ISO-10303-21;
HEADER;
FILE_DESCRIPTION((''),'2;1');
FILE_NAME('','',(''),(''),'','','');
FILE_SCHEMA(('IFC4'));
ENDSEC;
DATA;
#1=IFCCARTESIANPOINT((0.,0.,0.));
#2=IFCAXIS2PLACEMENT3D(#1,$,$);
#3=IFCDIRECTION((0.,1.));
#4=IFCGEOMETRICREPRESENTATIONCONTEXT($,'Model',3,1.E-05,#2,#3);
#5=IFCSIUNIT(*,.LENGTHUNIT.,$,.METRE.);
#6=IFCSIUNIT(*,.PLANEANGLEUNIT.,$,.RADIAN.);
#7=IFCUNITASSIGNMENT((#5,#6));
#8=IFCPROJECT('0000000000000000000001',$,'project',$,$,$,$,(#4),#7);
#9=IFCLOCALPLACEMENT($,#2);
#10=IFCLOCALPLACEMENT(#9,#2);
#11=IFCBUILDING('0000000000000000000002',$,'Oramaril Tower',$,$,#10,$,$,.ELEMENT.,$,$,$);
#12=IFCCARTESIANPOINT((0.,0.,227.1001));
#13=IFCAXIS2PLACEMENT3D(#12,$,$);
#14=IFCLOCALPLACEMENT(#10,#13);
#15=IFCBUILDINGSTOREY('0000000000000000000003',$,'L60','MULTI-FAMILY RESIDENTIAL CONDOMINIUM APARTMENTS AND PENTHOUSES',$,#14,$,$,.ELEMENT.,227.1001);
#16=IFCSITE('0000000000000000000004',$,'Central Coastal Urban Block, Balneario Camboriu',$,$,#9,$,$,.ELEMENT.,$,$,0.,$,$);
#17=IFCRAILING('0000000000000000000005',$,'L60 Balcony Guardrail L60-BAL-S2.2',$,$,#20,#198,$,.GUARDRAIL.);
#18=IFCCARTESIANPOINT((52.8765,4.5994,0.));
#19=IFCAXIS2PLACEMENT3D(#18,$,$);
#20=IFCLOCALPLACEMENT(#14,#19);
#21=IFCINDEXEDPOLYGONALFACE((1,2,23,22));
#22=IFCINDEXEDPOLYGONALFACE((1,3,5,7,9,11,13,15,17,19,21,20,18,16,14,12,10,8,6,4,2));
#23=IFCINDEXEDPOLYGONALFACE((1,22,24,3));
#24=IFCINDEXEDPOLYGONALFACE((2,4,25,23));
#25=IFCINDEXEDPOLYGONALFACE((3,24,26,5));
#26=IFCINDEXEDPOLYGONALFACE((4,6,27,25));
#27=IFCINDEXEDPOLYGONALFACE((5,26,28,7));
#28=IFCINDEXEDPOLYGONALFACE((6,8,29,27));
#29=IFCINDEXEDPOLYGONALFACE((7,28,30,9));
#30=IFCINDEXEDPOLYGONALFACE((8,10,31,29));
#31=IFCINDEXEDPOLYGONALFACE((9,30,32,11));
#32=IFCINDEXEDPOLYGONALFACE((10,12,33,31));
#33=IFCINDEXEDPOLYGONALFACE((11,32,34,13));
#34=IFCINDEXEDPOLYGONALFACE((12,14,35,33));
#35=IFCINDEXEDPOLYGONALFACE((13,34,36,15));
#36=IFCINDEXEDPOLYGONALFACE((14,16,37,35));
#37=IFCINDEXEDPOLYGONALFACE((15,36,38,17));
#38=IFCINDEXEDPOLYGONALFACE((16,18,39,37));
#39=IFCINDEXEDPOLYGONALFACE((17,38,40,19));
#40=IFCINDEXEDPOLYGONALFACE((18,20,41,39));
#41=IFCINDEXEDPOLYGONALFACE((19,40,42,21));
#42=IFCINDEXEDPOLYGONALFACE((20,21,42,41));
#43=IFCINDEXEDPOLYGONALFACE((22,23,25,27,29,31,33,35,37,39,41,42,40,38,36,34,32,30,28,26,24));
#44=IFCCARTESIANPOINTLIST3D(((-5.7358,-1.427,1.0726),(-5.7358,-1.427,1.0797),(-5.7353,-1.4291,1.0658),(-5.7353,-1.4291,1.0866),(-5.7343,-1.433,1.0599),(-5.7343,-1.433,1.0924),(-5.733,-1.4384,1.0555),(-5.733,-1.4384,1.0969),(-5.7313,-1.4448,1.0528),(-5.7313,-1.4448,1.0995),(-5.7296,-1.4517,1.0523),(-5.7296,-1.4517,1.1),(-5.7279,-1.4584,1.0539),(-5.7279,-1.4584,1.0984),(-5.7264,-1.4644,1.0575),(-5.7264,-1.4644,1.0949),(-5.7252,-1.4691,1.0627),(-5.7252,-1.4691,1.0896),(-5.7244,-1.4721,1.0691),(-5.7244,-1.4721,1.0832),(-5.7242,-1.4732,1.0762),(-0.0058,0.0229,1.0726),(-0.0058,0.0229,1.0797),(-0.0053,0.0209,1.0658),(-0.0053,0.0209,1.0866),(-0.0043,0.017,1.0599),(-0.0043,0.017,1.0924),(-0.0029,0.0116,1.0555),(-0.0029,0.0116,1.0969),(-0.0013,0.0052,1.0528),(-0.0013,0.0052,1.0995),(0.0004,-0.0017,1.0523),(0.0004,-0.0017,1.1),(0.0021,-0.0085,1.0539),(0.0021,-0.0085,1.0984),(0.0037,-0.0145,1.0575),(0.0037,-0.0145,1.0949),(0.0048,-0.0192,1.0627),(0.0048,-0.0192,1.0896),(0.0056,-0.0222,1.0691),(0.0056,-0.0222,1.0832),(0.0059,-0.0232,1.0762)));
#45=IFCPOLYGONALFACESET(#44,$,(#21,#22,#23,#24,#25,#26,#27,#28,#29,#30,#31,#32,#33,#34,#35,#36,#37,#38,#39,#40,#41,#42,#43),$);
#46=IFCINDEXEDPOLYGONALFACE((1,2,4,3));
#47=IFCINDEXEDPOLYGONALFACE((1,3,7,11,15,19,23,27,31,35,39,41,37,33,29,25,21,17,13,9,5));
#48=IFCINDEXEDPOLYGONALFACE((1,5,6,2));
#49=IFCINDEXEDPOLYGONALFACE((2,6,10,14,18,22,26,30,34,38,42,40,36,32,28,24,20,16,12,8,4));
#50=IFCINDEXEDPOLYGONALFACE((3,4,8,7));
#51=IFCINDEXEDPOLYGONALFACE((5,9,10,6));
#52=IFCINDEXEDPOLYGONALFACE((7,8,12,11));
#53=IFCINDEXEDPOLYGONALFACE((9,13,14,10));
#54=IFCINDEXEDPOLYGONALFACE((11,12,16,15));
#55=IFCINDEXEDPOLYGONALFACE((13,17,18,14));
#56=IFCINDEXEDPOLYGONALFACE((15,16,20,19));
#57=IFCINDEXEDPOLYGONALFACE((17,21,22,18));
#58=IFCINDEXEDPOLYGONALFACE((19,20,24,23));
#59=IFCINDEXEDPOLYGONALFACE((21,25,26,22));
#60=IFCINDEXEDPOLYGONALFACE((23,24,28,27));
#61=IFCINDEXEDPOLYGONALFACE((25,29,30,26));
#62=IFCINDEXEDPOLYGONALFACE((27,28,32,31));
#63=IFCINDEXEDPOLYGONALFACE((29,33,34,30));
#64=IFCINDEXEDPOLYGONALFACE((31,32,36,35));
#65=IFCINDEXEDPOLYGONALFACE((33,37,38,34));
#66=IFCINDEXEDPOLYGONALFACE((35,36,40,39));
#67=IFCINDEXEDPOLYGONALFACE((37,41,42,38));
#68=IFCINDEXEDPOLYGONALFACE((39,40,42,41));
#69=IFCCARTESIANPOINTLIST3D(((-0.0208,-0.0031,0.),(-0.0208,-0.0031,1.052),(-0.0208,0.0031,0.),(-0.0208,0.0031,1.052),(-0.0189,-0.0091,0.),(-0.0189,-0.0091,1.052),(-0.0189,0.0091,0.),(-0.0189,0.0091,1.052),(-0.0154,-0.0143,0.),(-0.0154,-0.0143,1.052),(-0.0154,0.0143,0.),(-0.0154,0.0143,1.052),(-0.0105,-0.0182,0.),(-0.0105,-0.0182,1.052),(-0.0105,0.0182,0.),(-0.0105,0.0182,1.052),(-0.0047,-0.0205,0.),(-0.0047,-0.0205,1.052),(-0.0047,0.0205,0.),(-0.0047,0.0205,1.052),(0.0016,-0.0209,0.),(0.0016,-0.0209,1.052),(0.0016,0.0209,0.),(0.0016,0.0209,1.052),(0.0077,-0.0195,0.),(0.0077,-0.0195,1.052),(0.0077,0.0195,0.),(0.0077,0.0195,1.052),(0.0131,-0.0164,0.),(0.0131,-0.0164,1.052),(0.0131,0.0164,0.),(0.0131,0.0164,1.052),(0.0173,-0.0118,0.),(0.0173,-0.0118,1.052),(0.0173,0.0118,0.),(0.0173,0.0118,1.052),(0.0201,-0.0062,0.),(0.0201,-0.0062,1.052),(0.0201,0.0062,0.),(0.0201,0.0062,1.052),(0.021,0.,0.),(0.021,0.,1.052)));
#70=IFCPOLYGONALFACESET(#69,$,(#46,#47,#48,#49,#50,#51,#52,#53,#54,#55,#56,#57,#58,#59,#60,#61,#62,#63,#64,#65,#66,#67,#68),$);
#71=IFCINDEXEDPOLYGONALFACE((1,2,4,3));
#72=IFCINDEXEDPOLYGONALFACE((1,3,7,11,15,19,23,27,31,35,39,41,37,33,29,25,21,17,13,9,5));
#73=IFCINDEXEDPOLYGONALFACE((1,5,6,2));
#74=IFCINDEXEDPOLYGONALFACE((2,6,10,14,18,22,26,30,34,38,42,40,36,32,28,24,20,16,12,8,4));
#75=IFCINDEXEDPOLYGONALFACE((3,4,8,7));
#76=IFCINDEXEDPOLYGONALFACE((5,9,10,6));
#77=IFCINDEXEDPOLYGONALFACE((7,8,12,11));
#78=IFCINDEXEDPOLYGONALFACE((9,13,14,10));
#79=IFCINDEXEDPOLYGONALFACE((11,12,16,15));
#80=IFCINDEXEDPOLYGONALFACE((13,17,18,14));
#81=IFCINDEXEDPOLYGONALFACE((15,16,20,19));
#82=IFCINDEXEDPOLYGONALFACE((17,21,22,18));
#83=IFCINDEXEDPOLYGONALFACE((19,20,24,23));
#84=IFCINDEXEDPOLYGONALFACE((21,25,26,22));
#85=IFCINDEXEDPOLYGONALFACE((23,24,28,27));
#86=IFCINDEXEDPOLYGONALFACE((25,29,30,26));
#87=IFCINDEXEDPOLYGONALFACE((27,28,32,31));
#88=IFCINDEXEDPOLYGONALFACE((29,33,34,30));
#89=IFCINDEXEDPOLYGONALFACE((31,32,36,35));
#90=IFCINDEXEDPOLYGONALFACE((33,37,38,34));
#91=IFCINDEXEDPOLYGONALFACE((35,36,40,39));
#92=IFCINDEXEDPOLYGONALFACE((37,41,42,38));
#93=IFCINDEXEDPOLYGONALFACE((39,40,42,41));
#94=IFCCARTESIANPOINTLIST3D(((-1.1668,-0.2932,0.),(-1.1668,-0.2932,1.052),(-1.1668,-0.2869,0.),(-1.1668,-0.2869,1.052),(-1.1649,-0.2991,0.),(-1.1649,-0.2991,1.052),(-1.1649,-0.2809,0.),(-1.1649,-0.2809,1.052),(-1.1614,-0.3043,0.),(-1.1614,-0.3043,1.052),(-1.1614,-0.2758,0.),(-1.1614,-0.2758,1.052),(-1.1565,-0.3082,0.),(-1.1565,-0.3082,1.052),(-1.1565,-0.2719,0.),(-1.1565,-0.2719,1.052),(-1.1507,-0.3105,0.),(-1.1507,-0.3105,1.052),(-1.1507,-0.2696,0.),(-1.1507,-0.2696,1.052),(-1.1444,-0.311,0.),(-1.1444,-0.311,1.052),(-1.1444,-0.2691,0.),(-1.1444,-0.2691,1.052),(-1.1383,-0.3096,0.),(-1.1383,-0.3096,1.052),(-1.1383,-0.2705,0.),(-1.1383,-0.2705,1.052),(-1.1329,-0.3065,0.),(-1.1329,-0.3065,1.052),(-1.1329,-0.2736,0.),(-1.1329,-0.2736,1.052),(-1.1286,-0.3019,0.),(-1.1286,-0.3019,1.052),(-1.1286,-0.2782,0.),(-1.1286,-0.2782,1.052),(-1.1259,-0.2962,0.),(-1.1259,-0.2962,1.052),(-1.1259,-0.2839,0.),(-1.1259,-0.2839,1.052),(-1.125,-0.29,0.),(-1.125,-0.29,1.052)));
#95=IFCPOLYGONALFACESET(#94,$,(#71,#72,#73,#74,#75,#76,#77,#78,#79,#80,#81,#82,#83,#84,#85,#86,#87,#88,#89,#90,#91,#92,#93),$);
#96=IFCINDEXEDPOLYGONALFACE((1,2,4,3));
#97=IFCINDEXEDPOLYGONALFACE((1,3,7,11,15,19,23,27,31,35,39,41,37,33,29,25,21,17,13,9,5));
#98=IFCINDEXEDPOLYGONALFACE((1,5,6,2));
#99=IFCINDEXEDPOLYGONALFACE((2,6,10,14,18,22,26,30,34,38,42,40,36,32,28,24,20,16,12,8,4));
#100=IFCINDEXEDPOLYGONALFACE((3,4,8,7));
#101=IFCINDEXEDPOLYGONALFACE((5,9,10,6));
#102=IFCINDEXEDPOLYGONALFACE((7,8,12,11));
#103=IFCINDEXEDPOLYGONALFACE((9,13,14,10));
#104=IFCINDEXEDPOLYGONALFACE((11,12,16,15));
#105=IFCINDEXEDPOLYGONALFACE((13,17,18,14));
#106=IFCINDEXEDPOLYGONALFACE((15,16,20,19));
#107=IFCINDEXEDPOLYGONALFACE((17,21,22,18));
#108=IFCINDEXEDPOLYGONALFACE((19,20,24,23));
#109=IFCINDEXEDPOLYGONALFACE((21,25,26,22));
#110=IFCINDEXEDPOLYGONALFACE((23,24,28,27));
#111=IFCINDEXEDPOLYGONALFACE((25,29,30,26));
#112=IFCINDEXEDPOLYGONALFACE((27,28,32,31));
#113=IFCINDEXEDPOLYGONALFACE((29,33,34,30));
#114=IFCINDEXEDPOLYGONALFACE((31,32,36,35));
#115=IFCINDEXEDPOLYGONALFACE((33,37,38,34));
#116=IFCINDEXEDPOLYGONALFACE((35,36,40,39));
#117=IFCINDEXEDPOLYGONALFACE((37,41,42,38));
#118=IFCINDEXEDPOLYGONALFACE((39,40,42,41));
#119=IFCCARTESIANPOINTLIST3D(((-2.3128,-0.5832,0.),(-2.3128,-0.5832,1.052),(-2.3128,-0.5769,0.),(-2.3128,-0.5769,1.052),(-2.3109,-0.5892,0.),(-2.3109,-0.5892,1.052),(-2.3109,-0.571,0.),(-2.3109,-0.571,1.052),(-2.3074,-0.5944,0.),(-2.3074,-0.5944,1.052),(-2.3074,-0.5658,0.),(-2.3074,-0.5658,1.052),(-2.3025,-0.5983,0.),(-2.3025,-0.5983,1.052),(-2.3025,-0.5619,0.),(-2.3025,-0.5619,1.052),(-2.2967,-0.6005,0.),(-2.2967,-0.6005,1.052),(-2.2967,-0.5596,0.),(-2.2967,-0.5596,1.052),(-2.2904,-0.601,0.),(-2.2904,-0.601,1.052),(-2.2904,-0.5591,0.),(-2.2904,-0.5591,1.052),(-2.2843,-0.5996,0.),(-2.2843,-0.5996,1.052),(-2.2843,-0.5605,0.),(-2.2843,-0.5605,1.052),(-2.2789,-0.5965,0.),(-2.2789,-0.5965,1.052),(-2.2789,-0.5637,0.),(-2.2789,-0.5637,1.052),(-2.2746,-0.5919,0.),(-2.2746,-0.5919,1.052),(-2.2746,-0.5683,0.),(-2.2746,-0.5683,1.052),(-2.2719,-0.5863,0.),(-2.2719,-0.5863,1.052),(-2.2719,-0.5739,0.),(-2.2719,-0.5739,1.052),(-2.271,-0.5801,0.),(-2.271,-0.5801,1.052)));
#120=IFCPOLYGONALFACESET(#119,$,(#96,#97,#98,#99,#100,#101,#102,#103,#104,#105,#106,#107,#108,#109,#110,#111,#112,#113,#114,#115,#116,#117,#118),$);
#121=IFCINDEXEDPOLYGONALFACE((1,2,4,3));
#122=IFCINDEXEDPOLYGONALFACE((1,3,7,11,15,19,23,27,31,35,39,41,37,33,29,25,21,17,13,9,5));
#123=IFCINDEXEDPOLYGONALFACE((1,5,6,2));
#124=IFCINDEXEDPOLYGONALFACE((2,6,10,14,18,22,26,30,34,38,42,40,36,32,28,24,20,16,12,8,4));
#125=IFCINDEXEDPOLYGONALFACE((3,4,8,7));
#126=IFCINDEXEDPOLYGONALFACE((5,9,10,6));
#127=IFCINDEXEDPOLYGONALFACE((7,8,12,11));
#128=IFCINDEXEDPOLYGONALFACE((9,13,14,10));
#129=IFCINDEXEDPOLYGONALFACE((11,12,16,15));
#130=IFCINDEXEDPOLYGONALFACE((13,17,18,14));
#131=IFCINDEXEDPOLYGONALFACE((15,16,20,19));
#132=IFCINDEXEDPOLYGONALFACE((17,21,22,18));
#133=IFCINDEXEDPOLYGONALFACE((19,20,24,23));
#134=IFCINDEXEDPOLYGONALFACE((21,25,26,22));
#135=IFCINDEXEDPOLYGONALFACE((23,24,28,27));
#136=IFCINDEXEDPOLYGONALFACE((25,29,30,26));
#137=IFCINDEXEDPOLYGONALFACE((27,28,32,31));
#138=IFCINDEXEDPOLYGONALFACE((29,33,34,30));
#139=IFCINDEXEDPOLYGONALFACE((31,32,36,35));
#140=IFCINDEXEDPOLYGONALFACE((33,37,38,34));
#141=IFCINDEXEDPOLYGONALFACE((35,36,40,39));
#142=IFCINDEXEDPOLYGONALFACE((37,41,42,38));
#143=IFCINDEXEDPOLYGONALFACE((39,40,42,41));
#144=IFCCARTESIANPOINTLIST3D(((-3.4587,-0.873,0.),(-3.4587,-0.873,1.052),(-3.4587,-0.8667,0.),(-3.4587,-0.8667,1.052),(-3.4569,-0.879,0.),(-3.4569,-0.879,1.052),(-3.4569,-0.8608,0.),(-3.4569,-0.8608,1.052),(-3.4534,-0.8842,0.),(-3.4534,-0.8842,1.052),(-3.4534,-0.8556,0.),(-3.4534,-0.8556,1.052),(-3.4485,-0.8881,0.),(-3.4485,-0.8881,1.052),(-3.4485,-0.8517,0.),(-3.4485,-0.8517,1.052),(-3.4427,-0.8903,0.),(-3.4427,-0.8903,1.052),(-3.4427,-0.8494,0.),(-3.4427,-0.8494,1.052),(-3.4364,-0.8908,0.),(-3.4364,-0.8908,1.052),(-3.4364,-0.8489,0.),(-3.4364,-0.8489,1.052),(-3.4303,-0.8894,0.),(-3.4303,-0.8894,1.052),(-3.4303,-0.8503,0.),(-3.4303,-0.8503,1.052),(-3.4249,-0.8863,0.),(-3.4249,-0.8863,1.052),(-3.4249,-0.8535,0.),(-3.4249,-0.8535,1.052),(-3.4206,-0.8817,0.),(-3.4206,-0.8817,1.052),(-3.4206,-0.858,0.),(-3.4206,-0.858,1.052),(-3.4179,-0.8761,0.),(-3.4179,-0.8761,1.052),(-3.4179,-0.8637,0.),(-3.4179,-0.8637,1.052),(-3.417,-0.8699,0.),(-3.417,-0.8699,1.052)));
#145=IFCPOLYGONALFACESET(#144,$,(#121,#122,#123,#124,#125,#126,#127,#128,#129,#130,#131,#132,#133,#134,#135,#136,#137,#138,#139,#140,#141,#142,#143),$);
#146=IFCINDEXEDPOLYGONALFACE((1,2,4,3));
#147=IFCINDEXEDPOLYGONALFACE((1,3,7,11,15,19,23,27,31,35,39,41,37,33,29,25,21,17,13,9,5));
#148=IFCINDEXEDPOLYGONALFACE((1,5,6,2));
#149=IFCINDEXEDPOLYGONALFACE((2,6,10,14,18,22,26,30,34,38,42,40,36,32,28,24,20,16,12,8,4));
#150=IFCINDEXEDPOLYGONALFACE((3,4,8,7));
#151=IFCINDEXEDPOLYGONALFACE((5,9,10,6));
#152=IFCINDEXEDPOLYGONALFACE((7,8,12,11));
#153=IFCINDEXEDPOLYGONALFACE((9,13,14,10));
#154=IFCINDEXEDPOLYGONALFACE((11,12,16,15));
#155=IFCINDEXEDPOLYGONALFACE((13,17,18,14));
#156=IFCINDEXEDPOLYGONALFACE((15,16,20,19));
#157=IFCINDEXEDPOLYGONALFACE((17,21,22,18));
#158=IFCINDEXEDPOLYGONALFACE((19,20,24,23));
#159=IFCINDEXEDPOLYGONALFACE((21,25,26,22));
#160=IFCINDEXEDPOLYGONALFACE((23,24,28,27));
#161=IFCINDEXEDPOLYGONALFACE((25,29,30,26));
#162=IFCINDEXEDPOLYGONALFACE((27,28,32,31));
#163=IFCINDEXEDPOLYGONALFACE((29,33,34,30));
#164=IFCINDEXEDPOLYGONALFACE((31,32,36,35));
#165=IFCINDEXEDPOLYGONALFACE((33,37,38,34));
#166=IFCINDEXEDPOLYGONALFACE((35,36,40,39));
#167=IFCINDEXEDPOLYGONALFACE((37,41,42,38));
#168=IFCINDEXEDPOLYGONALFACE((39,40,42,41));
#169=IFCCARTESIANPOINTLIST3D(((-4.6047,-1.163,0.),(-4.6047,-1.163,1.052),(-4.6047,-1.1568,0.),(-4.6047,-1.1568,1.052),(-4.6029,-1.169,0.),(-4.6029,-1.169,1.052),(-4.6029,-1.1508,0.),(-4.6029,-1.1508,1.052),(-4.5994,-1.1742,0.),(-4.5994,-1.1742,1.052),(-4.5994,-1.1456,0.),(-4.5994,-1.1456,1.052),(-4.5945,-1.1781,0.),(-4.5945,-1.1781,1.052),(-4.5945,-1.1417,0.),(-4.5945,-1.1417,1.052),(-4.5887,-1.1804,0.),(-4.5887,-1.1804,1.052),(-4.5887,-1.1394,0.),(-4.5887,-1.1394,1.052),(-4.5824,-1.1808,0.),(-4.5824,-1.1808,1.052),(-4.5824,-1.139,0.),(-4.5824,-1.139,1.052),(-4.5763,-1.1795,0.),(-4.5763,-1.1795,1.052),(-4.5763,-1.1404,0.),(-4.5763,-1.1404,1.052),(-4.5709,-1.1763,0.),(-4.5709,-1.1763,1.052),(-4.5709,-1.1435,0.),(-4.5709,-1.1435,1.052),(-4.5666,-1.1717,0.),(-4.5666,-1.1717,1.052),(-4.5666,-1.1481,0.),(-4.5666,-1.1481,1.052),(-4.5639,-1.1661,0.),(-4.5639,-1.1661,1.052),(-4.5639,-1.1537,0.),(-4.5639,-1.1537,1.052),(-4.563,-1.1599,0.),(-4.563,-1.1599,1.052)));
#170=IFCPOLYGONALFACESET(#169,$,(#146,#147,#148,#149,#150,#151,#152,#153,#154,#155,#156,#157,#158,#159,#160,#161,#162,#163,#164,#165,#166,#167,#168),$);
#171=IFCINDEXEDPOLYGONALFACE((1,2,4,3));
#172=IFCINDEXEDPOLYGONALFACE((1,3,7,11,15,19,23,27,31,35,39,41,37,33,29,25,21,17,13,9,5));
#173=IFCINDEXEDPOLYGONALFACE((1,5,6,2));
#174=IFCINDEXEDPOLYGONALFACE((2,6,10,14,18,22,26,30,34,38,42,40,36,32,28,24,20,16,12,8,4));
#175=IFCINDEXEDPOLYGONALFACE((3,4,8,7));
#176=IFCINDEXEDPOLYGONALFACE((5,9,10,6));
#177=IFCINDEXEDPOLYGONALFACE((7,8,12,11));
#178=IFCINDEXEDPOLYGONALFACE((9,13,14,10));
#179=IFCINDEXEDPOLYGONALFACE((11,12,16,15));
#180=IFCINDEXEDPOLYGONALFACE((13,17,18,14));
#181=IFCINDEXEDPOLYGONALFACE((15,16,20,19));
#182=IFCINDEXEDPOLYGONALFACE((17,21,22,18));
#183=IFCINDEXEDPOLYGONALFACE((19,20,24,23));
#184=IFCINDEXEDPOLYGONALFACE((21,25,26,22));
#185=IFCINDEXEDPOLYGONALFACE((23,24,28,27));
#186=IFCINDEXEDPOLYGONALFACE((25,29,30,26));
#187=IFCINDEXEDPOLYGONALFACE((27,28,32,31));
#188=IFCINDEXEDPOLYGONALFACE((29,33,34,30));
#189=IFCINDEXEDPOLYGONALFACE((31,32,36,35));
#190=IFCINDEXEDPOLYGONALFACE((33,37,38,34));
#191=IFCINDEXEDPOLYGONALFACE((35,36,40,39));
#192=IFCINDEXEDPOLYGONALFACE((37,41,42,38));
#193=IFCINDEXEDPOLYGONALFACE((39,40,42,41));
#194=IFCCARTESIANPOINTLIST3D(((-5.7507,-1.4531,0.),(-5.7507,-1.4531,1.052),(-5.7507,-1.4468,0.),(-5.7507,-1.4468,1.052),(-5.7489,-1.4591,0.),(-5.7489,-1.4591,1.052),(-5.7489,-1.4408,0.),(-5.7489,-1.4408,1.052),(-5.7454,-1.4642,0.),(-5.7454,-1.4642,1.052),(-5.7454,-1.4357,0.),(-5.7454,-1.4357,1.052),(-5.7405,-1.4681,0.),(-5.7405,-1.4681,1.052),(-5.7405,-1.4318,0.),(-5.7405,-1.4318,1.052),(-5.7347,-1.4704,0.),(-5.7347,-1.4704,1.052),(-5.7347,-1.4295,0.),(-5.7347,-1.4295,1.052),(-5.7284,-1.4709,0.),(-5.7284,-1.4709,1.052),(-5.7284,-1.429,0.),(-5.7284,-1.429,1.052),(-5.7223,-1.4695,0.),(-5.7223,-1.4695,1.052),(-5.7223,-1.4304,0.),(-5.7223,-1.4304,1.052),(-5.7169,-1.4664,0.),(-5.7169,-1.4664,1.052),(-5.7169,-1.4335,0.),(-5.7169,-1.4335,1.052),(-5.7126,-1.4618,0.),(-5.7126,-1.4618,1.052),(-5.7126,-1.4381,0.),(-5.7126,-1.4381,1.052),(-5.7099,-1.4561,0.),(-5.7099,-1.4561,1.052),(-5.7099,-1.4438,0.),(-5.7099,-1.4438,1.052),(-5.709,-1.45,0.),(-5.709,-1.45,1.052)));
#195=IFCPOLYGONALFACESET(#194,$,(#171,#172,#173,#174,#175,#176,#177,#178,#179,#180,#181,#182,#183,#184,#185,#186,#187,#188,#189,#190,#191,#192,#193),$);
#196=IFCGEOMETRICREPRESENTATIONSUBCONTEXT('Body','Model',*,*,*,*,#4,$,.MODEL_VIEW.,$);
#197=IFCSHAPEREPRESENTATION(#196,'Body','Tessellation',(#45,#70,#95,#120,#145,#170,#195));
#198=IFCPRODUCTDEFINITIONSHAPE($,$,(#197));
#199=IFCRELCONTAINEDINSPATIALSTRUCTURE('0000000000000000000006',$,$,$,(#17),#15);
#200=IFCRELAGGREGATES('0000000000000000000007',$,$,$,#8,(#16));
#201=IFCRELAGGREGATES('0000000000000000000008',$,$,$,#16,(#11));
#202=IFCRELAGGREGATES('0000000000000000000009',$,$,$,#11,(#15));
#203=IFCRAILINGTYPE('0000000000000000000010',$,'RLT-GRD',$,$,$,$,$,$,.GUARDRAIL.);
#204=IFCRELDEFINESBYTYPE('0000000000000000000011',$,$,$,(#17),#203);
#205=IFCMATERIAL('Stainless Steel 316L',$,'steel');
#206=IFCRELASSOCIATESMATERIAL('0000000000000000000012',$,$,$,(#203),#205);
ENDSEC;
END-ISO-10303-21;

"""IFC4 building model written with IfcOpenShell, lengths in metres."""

from ifc_helpers import new_model, si_unit, direction, frame, origin, origin_2d, place, context, subcontext, project, spatial, circle, extrude, material, type_object, element, save


model = new_model("IFC4")

# Units and contexts
model_context = context("Model", 3, precision=1e-05, world=origin(), true_north=direction((0.0, 1.0)))
body_context = subcontext(model_context, "Body", "Model", "MODEL_VIEW")
ifc_project = project(units=[si_unit("LENGTHUNIT", "METRE"), si_unit("PLANEANGLEUNIT", "RADIAN")], contexts=[model_context])

# Site, building, storey
site_placement = place(None, origin())
site = spatial("IfcSite", under=ifc_project, at=site_placement, Name="Central Coastal Urban Block, Balneario Camboriu", CompositionType="ELEMENT", RefElevation=0.0)
building_placement = place(site_placement, origin())
building = spatial("IfcBuilding", under=site, at=building_placement, Name="Oramaril Tower", CompositionType="ELEMENT")
storey_placement = place(building_placement, frame((0.0, 0.0, 227.1001)))
storey = spatial("IfcBuildingStorey", under=building, at=storey_placement, Name="L60", Description="MULTI-FAMILY RESIDENTIAL CONDOMINIUM APARTMENTS AND PENTHOUSES", CompositionType="ELEMENT", Elevation=227.1001)

# Railing
ifc_material_1 = material(Name="Stainless Steel 316L", Category="steel")
railing_type = type_object("IfcRailingType", Name="RLT-GRD", PredefinedType="GUARDRAIL", material=ifc_material_1)
railing_1_placement = place(storey_placement, frame((52.8765, 4.5994, 0.0)))
element("IfcRailing", 1, at=railing_1_placement, inside=storey, type_object=railing_type, Name="L60 Balcony Guardrail L60-BAL-S2.2", PredefinedType="GUARDRAIL", context=body_context, shape_type="SweptSolid", body=[
    extrude(circle(Radius=0.0239, at=origin_2d()), frame((0.0, 0.0, 1.0762), z_axis=(-0.969444, -0.245314, 0.0), x_axis=(0.245314, -0.969444, 0.0)), (0.0, 0.0, 1.0), 5.9106),
    extrude(circle(Radius=0.021, at=origin_2d()), origin(), (0.0, 0.0, 1.0), 1.052),
    extrude(circle(Radius=0.021, at=origin_2d()), frame((-1.146, -0.29, 0.0)), (0.0, 0.0, 1.0), 1.052),
    extrude(circle(Radius=0.021, at=origin_2d()), frame((-2.292, -0.5801, 0.0)), (0.0, 0.0, 1.0), 1.052),
    extrude(circle(Radius=0.021, at=origin_2d()), frame((-3.438, -0.8699, 0.0)), (0.0, 0.0, 1.0), 1.052),
    extrude(circle(Radius=0.021, at=origin_2d()), frame((-4.584, -1.1599, 0.0)), (0.0, 0.0, 1.0), 1.052),
    extrude(circle(Radius=0.021, at=origin_2d()), frame((-5.73, -1.45, 0.0)), (0.0, 0.0, 1.0), 1.052),
])

save(model, "model.ifc")
